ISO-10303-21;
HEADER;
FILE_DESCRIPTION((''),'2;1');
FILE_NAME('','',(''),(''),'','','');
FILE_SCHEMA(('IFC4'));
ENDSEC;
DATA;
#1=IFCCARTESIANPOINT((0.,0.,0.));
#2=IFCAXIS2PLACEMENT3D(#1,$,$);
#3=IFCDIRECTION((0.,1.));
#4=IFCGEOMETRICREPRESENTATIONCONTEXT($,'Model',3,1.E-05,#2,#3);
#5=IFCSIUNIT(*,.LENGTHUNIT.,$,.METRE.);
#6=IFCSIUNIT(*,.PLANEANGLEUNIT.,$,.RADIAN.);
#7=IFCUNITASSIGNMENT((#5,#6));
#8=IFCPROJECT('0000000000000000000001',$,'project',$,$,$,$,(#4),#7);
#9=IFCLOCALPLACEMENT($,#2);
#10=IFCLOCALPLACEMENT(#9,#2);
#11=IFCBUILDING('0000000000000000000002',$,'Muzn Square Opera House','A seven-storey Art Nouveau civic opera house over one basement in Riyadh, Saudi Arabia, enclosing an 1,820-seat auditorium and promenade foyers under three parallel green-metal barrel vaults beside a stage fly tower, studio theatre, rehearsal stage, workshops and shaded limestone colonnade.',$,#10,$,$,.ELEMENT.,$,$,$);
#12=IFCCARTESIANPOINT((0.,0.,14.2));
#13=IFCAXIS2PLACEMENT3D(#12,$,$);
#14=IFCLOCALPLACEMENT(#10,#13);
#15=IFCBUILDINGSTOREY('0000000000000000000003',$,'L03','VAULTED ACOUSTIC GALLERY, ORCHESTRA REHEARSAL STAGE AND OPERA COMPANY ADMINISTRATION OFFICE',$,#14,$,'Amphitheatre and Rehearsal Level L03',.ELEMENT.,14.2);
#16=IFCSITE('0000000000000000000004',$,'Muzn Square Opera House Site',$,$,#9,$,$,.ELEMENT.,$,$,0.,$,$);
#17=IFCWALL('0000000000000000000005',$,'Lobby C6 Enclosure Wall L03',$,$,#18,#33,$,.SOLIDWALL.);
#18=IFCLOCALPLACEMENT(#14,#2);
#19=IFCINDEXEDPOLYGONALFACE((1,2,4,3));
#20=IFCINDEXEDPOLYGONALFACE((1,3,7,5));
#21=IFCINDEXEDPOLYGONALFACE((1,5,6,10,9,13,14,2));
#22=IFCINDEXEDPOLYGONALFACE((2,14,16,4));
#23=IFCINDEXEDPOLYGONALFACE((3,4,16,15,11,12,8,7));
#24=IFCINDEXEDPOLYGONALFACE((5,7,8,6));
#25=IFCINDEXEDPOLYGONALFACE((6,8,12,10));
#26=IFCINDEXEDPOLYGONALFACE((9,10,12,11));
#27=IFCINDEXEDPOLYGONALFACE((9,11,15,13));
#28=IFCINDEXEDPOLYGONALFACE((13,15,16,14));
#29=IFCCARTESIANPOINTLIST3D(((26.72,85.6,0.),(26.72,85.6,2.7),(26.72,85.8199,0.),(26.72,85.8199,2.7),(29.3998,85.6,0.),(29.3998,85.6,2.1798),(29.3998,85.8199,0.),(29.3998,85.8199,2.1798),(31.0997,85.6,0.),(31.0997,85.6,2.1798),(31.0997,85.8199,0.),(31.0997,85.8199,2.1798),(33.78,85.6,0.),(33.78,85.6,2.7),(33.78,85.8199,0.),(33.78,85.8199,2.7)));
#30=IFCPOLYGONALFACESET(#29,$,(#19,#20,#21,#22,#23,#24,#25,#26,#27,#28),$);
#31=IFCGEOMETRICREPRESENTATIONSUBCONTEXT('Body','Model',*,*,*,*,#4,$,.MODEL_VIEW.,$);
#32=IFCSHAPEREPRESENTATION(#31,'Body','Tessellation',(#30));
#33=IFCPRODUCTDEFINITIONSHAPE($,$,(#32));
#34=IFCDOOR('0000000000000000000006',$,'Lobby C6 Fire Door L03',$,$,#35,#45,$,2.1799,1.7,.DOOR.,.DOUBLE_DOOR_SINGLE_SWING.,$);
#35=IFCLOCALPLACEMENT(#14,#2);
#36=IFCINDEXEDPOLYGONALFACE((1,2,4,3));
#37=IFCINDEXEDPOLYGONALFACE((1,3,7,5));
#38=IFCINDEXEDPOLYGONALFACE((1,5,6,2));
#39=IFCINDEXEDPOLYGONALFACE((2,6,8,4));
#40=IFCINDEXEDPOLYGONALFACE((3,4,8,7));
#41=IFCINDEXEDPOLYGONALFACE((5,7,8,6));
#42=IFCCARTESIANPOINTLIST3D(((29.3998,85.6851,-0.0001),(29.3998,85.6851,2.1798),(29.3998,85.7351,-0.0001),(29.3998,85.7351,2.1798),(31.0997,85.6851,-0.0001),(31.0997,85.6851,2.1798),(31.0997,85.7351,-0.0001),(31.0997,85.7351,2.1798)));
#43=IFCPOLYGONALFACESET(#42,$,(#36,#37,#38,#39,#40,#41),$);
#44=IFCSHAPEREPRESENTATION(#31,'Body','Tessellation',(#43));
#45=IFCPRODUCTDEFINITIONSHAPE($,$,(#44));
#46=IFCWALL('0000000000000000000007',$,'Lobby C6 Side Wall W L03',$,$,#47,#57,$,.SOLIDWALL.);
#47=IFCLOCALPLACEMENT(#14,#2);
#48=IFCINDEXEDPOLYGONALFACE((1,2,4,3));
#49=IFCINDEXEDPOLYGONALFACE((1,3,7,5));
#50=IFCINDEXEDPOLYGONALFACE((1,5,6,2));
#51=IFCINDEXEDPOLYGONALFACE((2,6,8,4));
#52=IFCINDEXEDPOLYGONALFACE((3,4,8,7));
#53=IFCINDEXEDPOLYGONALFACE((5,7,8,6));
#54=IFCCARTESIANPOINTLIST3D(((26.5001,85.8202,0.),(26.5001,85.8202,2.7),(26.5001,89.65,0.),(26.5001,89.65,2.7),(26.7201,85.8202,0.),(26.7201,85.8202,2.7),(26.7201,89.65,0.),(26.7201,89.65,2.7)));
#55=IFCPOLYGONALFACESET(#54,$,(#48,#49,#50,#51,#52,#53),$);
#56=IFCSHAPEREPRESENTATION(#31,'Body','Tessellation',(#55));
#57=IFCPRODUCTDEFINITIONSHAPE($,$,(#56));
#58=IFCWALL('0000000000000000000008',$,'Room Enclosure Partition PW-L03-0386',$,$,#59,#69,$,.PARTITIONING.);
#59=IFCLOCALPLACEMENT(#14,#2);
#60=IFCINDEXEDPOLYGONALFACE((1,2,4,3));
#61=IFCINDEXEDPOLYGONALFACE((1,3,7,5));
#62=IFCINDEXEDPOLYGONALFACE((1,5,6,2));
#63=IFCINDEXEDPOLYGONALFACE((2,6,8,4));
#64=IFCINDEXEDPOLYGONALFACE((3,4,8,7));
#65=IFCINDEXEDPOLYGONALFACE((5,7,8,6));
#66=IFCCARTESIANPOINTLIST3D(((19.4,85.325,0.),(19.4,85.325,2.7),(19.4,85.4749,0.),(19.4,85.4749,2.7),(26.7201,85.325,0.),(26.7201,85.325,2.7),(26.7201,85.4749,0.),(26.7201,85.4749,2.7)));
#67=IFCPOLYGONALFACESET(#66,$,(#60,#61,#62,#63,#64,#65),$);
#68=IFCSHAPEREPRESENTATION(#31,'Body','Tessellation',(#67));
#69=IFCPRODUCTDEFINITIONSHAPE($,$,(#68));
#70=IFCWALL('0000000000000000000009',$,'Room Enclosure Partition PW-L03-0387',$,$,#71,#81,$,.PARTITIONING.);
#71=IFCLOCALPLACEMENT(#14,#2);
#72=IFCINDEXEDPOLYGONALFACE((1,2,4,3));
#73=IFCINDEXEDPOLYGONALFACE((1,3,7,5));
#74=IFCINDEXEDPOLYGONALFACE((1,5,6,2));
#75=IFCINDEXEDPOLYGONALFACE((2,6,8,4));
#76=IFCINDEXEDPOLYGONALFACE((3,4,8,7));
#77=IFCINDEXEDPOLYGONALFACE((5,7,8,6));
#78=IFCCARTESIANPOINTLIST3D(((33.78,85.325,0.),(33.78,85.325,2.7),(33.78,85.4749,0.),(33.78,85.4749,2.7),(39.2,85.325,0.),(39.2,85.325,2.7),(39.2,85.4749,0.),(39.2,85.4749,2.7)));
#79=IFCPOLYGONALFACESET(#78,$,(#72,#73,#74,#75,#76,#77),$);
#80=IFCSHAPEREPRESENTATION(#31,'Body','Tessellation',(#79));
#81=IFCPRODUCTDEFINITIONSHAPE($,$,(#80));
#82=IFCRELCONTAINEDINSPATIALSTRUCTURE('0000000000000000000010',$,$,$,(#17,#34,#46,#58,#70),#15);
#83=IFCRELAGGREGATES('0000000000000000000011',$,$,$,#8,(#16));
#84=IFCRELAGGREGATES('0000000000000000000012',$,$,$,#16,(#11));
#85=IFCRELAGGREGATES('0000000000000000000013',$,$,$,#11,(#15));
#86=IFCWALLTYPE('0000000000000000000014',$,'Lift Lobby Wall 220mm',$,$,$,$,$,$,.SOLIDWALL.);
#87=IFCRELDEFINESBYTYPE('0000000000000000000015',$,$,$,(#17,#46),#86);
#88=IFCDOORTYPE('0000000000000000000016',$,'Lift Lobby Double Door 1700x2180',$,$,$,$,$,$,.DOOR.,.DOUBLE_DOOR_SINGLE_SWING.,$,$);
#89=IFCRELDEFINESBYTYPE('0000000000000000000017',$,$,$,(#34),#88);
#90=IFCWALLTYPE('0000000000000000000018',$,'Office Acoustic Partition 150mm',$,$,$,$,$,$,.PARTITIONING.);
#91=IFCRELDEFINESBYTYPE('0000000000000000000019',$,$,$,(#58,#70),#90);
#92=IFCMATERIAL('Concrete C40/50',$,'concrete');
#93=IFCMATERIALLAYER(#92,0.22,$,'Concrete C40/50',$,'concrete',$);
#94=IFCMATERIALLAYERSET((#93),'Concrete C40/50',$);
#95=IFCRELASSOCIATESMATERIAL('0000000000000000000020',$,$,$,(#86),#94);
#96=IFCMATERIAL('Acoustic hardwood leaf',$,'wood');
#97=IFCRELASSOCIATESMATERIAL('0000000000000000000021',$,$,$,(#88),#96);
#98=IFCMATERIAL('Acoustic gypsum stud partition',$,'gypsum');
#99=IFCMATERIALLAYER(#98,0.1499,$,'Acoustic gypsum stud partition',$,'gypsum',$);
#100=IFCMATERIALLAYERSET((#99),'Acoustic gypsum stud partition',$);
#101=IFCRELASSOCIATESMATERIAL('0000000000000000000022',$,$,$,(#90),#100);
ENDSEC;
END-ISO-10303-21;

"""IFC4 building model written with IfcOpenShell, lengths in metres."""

from ifc_helpers import new_model, si_unit, direction, frame, frame_2d, origin, place, context, subcontext, project, spatial, rectangle, extrude, material, layer, layer_set, type_object, element, fill, save


model = new_model("IFC4")

# Units and contexts
model_context = context("Model", 3, precision=1e-05, world=origin(), true_north=direction((0.0, 1.0)))
body_context = subcontext(model_context, "Body", "Model", "MODEL_VIEW")
ifc_project = project(units=[si_unit("LENGTHUNIT", "METRE"), si_unit("PLANEANGLEUNIT", "RADIAN")], contexts=[model_context])

# Site, building, storey
site_placement = place(None, origin())
site = spatial("IfcSite", under=ifc_project, at=site_placement, Name="Muzn Square Opera House Site", CompositionType="ELEMENT", RefElevation=0.0)
building_placement = place(site_placement, origin())
building = spatial("IfcBuilding", under=site, at=building_placement, Name="Muzn Square Opera House", Description="A seven-storey Art Nouveau civic opera house over one basement in Riyadh, Saudi Arabia, enclosing an 1,820-seat auditorium and promenade foyers under three parallel green-metal barrel vaults beside a stage fly tower, studio theatre, rehearsal stage, workshops and shaded limestone colonnade.", CompositionType="ELEMENT")
storey_placement = place(building_placement, frame((0.0, 0.0, 14.2)))
storey = spatial("IfcBuildingStorey", under=building, at=storey_placement, Name="L03", Description="VAULTED ACOUSTIC GALLERY, ORCHESTRA REHEARSAL STAGE AND OPERA COMPANY ADMINISTRATION OFFICE", LongName="Amphitheatre and Rehearsal Level L03", CompositionType="ELEMENT", Elevation=14.2)

# Shared definitions
ifc_material_1 = material(Name="Concrete C40/50", Category="concrete")

# Wall, opening, door
ifc_layer_1 = layer(ifc_material_1, 0.22, Name="Concrete C40/50", Category="concrete")
ifc_layer_set_1 = layer_set([ifc_layer_1], Name="Concrete C40/50")
wall_type_1 = type_object("IfcWallType", Name="Lift Lobby Wall 220mm", PredefinedType="SOLIDWALL", material=ifc_layer_set_1)
wall_1_placement = place(storey_placement, frame((26.72, 85.71, 0.0), z_axis=(0.0, 0.0, 1.0), x_axis=(1.0, 0.0, 0.0)))
wall_1 = element("IfcWall", 1, at=wall_1_placement, inside=storey, type_object=wall_type_1, Name="Lobby C6 Enclosure Wall L03", PredefinedType="SOLIDWALL", context=body_context, shape_type="SweptSolid", body=[
    extrude(rectangle(XDim=7.0601, YDim=0.22, at=frame_2d((3.53, 0.0))), origin(), (0.0, 0.0, 1.0), 2.7),
])
opening_1_placement = place(wall_1_placement, frame((4.3799, 0.0, 0.0), z_axis=(0.0, 0.0, 1.0), x_axis=(-1.0, 0.0, 0.0)))
opening_1 = element("IfcOpeningElement", 2, at=opening_1_placement, cuts=wall_1, PredefinedType="OPENING", context=body_context, shape_type="SweptSolid", body=[
    extrude(rectangle(XDim=1.7, YDim=2.1799, at=frame_2d((0.8501, 1.0898))), frame((0.0, 0.1199, 0.0), z_axis=(0.0, -1.0, 0.0), x_axis=(1.0, 0.0, 0.0)), (0.0, 0.0, 1.0), 0.24),
])
ifc_material_2 = material(Name="Acoustic hardwood leaf", Category="wood")
door_type_1 = type_object("IfcDoorType", Name="Lift Lobby Double Door 1700x2180", OperationType="DOUBLE_DOOR_SINGLE_SWING", PredefinedType="DOOR", material=ifc_material_2)
door_1_placement = place(opening_1_placement, origin())
door_1 = element("IfcDoor", 3, at=door_1_placement, inside=storey, type_object=door_type_1, Name="Lobby C6 Fire Door L03", OperationType="DOUBLE_DOOR_SINGLE_SWING", OverallHeight=2.1799, OverallWidth=1.7, PredefinedType="DOOR", context=body_context, shape_type="SweptSolid", body=[
    extrude(rectangle(XDim=1.7, YDim=2.1799, at=frame_2d((0.8501, 1.0898))), frame((0.0, 0.0249, 0.0), z_axis=(0.0, -1.0, 0.0), x_axis=(1.0, 0.0, 0.0)), (0.0, 0.0, 1.0), 0.05),
])
fill(opening_1, door_1)

# Wall
wall_2_placement = place(storey_placement, frame((26.6101, 85.8201, 0.0), z_axis=(0.0, 0.0, 1.0), x_axis=(0.0, 1.0, 0.0)))
element("IfcWall", 4, at=wall_2_placement, inside=storey, type_object=wall_type_1, Name="Lobby C6 Side Wall W L03", PredefinedType="SOLIDWALL", context=body_context, shape_type="SweptSolid", body=[
    extrude(rectangle(XDim=3.8298, YDim=0.22, at=frame_2d((1.915, 0.0))), origin(), (0.0, 0.0, 1.0), 2.7),
])

# Walls
ifc_material_3 = material(Name="Acoustic gypsum stud partition", Category="gypsum")
ifc_layer_2 = layer(ifc_material_3, 0.1499, Name="Acoustic gypsum stud partition", Category="gypsum")
ifc_layer_set_2 = layer_set([ifc_layer_2], Name="Acoustic gypsum stud partition")
wall_type_2 = type_object("IfcWallType", Name="Office Acoustic Partition 150mm", PredefinedType="PARTITIONING", material=ifc_layer_set_2)
wall_3_placement = place(storey_placement, frame((19.3999, 85.3999, 0.0), z_axis=(0.0, 0.0, 1.0), x_axis=(1.0, 0.0, 0.0)))
element("IfcWall", 5, at=wall_3_placement, inside=storey, type_object=wall_type_2, Name="Room Enclosure Partition PW-L03-0386", PredefinedType="PARTITIONING", context=body_context, shape_type="SweptSolid", body=[
    extrude(rectangle(XDim=7.3201, YDim=0.1499, at=frame_2d((3.6602, 0.0))), origin(), (0.0, 0.0, 1.0), 2.7),
])
wall_4_placement = place(storey_placement, frame((33.78, 85.3999, 0.0), z_axis=(0.0, 0.0, 1.0), x_axis=(1.0, 0.0, 0.0)))
element("IfcWall", 6, at=wall_4_placement, inside=storey, type_object=wall_type_2, Name="Room Enclosure Partition PW-L03-0387", PredefinedType="PARTITIONING", context=body_context, shape_type="SweptSolid", body=[
    extrude(rectangle(XDim=5.4199, YDim=0.1499, at=frame_2d((2.71, 0.0))), origin(), (0.0, 0.0, 1.0), 2.7),
])

save(model, "model.ifc")
